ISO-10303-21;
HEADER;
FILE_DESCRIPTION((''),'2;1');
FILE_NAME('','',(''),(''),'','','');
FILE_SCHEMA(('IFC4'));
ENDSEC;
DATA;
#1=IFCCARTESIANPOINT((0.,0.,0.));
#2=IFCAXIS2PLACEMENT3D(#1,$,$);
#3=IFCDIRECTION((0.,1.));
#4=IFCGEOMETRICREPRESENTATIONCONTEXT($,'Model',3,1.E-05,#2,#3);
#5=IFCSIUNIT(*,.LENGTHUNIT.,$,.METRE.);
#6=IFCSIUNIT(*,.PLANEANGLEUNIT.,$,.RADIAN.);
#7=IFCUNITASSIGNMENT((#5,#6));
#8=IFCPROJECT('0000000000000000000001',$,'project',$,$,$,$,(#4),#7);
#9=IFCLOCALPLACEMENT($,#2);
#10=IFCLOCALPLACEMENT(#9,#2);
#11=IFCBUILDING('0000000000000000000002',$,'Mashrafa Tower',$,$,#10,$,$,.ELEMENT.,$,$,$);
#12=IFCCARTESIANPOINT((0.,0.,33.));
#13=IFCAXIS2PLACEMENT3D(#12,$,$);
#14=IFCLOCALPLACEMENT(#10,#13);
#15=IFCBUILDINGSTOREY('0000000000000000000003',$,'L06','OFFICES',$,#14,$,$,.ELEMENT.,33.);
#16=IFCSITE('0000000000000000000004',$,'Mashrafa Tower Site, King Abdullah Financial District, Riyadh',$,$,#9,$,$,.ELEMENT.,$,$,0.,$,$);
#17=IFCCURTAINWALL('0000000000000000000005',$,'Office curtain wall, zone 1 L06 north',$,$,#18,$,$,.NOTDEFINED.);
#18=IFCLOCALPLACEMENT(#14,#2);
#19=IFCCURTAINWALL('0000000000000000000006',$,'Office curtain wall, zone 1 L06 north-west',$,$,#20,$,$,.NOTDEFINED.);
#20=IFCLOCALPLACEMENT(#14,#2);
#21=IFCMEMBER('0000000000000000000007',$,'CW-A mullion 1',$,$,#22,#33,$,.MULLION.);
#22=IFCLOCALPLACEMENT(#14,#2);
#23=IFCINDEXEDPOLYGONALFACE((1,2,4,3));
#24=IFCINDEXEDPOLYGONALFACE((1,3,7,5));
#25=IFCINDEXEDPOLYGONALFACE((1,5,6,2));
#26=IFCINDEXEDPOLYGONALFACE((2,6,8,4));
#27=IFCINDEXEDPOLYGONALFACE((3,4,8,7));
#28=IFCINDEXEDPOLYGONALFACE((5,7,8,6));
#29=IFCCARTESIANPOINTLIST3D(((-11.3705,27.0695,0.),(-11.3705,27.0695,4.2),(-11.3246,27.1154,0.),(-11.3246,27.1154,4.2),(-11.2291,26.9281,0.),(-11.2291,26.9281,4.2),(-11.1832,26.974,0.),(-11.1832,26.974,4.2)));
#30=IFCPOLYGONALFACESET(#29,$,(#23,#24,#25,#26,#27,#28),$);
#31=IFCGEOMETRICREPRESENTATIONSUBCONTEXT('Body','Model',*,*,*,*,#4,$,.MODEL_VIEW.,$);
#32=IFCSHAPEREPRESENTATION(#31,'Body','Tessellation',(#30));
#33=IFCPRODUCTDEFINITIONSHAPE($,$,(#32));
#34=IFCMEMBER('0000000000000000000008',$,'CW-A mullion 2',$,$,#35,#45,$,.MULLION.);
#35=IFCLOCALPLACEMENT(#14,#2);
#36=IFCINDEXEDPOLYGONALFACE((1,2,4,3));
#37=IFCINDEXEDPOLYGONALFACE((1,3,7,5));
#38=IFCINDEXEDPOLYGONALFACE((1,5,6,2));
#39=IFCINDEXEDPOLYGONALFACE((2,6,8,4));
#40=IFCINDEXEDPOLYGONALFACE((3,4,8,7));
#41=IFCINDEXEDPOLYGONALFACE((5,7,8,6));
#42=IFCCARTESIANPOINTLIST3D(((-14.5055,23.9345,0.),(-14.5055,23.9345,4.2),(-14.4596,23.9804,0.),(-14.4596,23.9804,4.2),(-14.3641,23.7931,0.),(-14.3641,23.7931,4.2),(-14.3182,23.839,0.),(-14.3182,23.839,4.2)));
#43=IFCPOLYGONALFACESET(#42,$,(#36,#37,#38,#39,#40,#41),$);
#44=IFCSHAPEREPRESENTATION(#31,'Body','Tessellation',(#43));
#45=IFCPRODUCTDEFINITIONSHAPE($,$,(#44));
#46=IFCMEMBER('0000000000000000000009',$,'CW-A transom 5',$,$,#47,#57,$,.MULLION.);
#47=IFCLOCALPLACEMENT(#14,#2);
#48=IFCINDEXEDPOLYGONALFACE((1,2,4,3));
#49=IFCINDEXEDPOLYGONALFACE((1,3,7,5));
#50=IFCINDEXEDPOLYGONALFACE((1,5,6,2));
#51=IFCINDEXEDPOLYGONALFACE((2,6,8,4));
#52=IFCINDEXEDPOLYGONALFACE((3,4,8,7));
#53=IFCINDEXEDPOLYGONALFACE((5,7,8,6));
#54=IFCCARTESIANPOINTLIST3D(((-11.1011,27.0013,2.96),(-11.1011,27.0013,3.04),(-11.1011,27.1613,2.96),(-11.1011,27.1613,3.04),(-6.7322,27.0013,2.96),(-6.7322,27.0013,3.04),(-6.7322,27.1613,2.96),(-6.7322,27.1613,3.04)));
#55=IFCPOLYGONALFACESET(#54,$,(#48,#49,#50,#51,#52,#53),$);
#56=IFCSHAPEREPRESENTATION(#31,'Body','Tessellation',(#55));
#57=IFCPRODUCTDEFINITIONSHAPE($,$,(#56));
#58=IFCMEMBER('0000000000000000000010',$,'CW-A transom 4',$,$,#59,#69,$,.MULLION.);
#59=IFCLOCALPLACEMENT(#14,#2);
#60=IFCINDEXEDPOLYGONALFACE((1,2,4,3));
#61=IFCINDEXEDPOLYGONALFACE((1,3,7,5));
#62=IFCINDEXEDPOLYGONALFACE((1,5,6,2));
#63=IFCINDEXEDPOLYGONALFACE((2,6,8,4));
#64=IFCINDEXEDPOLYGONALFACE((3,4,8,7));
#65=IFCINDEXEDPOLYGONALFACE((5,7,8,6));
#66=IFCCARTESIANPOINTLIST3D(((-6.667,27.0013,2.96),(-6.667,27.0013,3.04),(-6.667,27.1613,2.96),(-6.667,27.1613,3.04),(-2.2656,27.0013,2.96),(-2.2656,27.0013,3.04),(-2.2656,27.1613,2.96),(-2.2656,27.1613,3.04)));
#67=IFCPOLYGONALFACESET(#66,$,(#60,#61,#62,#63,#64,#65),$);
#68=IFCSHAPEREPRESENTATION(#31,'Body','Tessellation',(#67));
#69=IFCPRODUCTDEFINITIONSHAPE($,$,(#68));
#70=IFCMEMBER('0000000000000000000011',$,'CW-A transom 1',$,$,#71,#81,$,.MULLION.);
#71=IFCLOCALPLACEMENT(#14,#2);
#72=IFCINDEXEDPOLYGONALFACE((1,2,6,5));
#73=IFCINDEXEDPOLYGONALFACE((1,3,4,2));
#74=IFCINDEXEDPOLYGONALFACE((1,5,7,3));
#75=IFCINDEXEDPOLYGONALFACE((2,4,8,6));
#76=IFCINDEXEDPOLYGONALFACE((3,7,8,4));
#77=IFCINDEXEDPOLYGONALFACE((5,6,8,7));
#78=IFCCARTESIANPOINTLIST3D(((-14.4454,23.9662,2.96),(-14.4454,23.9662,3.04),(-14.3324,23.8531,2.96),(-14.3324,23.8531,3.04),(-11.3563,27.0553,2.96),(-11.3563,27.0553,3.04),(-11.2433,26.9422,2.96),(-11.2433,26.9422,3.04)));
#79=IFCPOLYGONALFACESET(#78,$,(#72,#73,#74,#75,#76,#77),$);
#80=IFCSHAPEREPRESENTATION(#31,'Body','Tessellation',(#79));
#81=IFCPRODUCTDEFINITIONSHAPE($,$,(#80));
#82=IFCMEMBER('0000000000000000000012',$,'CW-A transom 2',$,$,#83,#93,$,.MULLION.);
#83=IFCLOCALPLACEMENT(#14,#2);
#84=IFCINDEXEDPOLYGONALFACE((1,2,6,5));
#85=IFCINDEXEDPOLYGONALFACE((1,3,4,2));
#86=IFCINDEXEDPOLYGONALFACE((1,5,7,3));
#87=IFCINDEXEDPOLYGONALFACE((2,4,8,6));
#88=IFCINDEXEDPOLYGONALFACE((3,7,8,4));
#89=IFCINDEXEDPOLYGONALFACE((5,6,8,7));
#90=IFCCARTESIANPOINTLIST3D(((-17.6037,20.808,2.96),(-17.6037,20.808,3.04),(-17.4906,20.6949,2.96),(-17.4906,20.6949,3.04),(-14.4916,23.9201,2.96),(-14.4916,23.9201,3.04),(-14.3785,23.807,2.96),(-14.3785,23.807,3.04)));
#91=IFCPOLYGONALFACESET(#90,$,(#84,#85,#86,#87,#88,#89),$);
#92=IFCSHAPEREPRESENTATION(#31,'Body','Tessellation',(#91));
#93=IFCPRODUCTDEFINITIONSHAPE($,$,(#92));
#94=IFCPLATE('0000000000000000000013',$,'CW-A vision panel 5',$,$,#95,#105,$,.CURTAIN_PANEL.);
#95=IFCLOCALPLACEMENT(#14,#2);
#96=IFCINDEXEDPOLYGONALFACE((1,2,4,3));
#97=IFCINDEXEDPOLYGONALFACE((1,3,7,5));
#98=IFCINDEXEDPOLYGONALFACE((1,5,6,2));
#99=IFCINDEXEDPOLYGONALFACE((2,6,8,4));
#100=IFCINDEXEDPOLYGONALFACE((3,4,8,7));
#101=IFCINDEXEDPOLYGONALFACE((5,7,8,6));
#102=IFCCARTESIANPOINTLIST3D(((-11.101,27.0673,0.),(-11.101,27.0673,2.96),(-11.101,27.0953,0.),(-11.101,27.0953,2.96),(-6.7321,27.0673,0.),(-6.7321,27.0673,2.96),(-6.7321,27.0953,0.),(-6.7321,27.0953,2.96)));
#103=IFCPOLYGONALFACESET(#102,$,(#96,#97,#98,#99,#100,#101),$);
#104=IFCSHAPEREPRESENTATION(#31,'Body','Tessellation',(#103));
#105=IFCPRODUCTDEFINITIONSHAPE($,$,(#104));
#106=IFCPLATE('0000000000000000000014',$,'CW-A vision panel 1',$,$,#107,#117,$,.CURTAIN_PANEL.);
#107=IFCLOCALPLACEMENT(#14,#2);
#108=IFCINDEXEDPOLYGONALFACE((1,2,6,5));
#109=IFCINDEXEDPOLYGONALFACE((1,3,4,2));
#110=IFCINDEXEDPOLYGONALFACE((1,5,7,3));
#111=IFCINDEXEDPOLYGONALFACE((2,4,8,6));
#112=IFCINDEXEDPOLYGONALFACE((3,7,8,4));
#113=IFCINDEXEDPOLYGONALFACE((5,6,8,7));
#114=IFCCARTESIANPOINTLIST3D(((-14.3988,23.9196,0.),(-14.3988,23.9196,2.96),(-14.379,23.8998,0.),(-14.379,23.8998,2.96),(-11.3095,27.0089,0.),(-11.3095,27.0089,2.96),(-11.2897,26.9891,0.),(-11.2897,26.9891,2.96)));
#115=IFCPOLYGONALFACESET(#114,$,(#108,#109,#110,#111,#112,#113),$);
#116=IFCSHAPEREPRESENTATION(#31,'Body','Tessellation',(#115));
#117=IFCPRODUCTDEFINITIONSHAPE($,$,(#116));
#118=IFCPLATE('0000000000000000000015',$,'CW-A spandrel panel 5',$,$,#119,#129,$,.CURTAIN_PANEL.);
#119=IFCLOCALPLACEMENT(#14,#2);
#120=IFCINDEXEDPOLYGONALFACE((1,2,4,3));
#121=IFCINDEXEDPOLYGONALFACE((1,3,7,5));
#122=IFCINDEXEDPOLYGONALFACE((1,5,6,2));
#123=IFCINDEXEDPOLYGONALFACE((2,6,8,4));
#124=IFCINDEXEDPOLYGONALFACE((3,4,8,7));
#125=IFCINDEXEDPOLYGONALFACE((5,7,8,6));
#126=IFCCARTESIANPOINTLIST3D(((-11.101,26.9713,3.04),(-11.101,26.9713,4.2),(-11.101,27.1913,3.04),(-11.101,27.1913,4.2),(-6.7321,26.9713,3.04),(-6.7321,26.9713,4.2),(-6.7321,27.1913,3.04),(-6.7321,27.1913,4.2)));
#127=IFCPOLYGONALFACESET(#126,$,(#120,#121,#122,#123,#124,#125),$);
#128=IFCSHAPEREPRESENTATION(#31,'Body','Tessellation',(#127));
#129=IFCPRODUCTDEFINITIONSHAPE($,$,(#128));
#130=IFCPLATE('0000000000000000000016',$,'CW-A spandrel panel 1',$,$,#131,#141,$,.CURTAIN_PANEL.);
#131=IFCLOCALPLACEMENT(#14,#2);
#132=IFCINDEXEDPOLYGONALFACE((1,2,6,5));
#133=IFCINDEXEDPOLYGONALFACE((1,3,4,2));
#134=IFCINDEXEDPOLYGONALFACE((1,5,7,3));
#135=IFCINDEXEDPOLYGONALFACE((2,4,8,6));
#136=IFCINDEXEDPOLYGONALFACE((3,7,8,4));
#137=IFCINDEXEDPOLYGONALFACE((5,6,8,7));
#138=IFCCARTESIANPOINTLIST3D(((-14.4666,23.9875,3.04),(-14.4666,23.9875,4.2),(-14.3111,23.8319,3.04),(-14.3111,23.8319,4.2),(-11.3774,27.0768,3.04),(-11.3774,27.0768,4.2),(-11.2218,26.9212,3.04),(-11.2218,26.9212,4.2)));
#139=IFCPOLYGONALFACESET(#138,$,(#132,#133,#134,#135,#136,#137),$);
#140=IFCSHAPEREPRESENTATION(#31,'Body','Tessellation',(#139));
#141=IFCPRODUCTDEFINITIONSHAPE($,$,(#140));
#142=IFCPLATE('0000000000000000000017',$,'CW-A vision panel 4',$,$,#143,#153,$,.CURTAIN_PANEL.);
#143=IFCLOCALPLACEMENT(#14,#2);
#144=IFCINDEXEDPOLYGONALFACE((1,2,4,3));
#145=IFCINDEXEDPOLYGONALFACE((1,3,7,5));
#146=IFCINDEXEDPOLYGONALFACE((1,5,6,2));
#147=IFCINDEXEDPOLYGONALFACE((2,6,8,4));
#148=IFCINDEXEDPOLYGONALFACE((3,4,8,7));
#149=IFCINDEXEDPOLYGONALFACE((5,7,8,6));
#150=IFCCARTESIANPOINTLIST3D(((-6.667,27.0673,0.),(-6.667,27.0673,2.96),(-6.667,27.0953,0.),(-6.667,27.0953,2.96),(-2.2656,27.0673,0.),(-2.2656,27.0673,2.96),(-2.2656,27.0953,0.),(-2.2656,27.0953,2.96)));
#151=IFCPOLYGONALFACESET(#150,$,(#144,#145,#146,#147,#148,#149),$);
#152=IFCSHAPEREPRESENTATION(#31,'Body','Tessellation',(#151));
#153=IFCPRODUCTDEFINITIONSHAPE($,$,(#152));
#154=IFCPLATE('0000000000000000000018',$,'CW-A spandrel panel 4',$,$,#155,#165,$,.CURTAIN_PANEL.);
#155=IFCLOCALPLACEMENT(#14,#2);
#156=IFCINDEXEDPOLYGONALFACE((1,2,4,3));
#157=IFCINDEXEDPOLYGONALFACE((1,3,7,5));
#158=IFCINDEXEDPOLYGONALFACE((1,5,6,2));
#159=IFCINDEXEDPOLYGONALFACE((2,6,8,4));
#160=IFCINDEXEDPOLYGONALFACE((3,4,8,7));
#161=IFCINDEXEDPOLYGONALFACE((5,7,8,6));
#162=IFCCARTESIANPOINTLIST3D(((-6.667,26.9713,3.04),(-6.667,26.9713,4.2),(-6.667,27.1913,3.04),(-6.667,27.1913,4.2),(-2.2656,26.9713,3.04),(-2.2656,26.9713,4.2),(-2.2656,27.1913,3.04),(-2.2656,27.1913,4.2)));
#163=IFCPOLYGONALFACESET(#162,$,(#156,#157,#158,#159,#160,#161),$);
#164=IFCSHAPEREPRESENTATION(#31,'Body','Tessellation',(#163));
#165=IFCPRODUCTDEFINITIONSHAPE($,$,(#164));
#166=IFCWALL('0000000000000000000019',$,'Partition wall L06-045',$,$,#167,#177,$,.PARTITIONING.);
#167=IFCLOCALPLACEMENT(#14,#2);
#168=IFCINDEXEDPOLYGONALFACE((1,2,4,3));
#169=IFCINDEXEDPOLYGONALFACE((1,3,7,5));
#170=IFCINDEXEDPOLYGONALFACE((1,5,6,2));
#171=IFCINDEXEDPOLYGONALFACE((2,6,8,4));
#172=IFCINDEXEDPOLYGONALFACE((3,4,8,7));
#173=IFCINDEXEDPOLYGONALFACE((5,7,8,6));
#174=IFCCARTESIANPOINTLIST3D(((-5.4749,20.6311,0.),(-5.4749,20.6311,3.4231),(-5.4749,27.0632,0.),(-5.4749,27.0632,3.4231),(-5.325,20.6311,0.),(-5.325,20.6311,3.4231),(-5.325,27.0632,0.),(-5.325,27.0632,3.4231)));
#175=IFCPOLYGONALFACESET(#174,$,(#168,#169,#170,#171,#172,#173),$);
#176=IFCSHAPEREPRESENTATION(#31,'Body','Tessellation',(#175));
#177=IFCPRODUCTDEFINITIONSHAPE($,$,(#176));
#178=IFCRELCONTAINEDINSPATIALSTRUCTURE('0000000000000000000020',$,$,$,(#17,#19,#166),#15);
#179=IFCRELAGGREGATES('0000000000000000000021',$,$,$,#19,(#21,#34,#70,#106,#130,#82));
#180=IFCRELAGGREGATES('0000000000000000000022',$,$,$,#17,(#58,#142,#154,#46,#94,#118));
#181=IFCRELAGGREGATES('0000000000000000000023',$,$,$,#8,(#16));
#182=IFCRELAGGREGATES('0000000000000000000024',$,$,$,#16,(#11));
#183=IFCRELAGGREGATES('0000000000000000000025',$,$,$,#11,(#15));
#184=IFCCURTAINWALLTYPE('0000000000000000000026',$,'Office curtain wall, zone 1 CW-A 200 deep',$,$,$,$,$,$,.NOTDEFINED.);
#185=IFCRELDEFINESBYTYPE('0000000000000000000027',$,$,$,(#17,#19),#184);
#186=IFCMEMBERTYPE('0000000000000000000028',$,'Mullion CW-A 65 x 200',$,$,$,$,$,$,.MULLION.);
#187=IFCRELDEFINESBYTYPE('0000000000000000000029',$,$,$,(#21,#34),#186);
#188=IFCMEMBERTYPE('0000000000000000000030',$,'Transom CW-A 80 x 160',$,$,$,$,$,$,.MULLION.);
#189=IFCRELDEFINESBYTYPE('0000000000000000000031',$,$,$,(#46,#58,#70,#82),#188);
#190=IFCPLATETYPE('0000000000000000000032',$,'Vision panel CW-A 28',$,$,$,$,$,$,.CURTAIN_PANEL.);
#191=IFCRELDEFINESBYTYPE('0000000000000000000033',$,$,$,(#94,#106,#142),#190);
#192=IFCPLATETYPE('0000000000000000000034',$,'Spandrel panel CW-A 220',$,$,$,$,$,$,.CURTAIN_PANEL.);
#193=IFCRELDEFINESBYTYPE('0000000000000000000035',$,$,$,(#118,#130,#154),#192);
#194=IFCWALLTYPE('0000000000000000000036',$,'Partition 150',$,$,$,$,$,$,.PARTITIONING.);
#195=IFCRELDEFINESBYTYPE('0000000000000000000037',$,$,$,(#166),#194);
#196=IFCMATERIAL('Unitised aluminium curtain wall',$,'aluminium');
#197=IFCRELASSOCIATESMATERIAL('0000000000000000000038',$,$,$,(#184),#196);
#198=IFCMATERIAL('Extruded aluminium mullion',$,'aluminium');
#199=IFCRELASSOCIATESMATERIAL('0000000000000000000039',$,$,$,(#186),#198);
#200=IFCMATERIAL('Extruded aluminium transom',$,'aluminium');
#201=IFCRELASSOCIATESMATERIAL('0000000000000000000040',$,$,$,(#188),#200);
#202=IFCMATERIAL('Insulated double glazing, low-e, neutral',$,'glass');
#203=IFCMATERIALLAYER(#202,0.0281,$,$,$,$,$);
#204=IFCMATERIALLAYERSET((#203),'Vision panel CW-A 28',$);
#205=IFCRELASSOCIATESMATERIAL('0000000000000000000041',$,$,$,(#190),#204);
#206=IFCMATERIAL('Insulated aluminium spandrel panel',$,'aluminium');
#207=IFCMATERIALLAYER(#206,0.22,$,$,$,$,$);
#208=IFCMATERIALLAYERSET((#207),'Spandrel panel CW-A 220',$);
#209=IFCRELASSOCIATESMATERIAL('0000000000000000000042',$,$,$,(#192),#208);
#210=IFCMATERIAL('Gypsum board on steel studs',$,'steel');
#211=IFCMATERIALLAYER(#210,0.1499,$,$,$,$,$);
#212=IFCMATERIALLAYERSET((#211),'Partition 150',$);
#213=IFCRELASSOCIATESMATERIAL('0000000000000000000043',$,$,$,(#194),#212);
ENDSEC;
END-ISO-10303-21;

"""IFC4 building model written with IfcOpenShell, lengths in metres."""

from ifc_helpers import new_model, si_unit, direction, frame, frame_2d, origin, origin_2d, place, context, subcontext, project, spatial, rectangle, extrude, source, transform, mapped, material, layer, layer_set, material_profile, profile_set, type_object, type_shapes, element, aggregate, save


model = new_model("IFC4")

# Units and contexts
model_context = context("Model", 3, precision=1e-05, world=origin(), true_north=direction((0.0, 1.0)))
body_context = subcontext(model_context, "Body", "Model", "MODEL_VIEW")
ifc_project = project(units=[si_unit("LENGTHUNIT", "METRE"), si_unit("PLANEANGLEUNIT", "RADIAN")], contexts=[model_context])

# Site, building, storey
site_placement = place(None, origin())
site = spatial("IfcSite", under=ifc_project, at=site_placement, Name="Mashrafa Tower Site, King Abdullah Financial District, Riyadh", CompositionType="ELEMENT", RefElevation=0.0)
building_placement = place(site_placement, origin())
building = spatial("IfcBuilding", under=site, at=building_placement, Name="Mashrafa Tower", CompositionType="ELEMENT")
storey_placement = place(building_placement, frame((0.0, 0.0, 33.0)))
storey = spatial("IfcBuildingStorey", under=building, at=storey_placement, Name="L06", Description="OFFICES", CompositionType="ELEMENT", Elevation=33.0)

# Curtain walls, members
ifc_material_1 = material(Name="Unitised aluminium curtain wall", Category="aluminium")
curtain_wall_type = type_object("IfcCurtainWallType", Name="Office curtain wall, zone 1 CW-A 200 deep", PredefinedType="NOTDEFINED", material=ifc_material_1)
curtain_wall_1_placement = place(storey_placement, origin())
curtain_wall_1 = element("IfcCurtainWall", 1, at=curtain_wall_1_placement, inside=storey, type_object=curtain_wall_type, Name="Office curtain wall, zone 1 L06 north", PredefinedType="NOTDEFINED")
ifc_material_2 = material(Name="Extruded aluminium mullion", Category="aluminium")
ifc_material_profile_1 = material_profile(ifc_material_2, rectangle(XDim=0.2, YDim=0.0649, at=origin_2d()), Name="Mullion 65x200")
ifc_profile_set_1 = profile_set([ifc_material_profile_1], Name="Extruded aluminium mullion")
member_type_1 = type_object("IfcMemberType", Name="Mullion CW-A 65 x 200", PredefinedType="MULLION", material=ifc_profile_set_1)
shared_shape_1 = source(origin(), body_context, "Body", "SweptSolid", [
    extrude(rectangle(XDim=0.2, YDim=0.0649, at=origin_2d()), origin(), (0.0, 0.0, 1.0), 4.2),
])
type_shapes(member_type_1, [shared_shape_1])
curtain_wall_2_placement = place(storey_placement, origin())
curtain_wall_2 = element("IfcCurtainWall", 2, at=curtain_wall_2_placement, inside=storey, type_object=curtain_wall_type, Name="Office curtain wall, zone 1 L06 north-west", PredefinedType="NOTDEFINED")
member_1_placement = place(storey_placement, frame((-11.2769, 27.0217, 0.0), z_axis=(0.0, 0.0, 1.0), x_axis=(0.707107, -0.707107, 0.0)))
member_1 = element("IfcMember", 3, at=member_1_placement, type_object=member_type_1, Name="CW-A mullion 1", PredefinedType="MULLION", context=body_context, shape_type="MappedRepresentation", body=[
    mapped(shared_shape_1, transform((0.0, 0.0, 0.0))),
])
member_2_placement = place(storey_placement, frame((-14.4119, 23.8867, 0.0), z_axis=(0.0, 0.0, 1.0), x_axis=(0.707107, -0.707107, 0.0)))
member_2 = element("IfcMember", 4, at=member_2_placement, type_object=member_type_1, Name="CW-A mullion 2", PredefinedType="MULLION", context=body_context, shape_type="MappedRepresentation", body=[
    mapped(shared_shape_1, transform((0.0, 0.0, 0.0))),
])

# Members
ifc_material_3 = material(Name="Extruded aluminium transom", Category="aluminium")
ifc_material_profile_2 = material_profile(ifc_material_3, rectangle(XDim=0.1599, YDim=0.0801, at=origin_2d()), Name="Transom 80x160")
ifc_profile_set_2 = profile_set([ifc_material_profile_2], Name="Extruded aluminium transom")
member_type_2 = type_object("IfcMemberType", Name="Transom CW-A 80 x 160", PredefinedType="MULLION", material=ifc_profile_set_2)
shared_shape_2 = source(origin(), body_context, "Body", "SweptSolid", [
    extrude(rectangle(XDim=0.1599, YDim=0.0801, at=origin_2d()), origin(), (0.0, 0.0, 1.0), 4.3689),
])
member_3_placement = place(storey_placement, frame((-6.7322, 27.0813, 3.0), z_axis=(-1.0, 0.0, 0.0), x_axis=(0.0, -1.0, 0.0)))
member_3 = element("IfcMember", 5, at=member_3_placement, type_object=member_type_2, Name="CW-A transom 5", PredefinedType="MULLION", context=body_context, shape_type="MappedRepresentation", body=[
    mapped(shared_shape_2, transform((0.0, 0.0, 0.0))),
])
shared_shape_3 = source(origin(), body_context, "Body", "SweptSolid", [
    extrude(rectangle(XDim=0.1599, YDim=0.0801, at=origin_2d()), origin(), (0.0, 0.0, 1.0), 4.4014),
])
member_4_placement = place(storey_placement, frame((-2.2656, 27.0813, 3.0), z_axis=(-1.0, 0.0, 0.0), x_axis=(0.0, -1.0, 0.0)))
member_4 = element("IfcMember", 6, at=member_4_placement, type_object=member_type_2, Name="CW-A transom 4", PredefinedType="MULLION", context=body_context, shape_type="MappedRepresentation", body=[
    mapped(shared_shape_3, transform((0.0, 0.0, 0.0))),
])
shared_shape_4 = source(origin(), body_context, "Body", "SweptSolid", [
    extrude(rectangle(XDim=0.1599, YDim=0.0801, at=origin_2d()), origin(), (0.0, 0.0, 1.0), 4.3687),
])
member_5_placement = place(storey_placement, frame((-11.2998, 26.9988, 3.0), z_axis=(-0.707107, -0.707107, 0.0), x_axis=(0.707107, -0.707107, 0.0)))
member_5 = element("IfcMember", 7, at=member_5_placement, type_object=member_type_2, Name="CW-A transom 1", PredefinedType="MULLION", context=body_context, shape_type="MappedRepresentation", body=[
    mapped(shared_shape_4, transform((0.0, 0.0, 0.0))),
])
shared_shape_5 = source(origin(), body_context, "Body", "SweptSolid", [
    extrude(rectangle(XDim=0.1599, YDim=0.0801, at=origin_2d()), origin(), (0.0, 0.0, 1.0), 4.4011),
])
type_shapes(member_type_2, [shared_shape_2, shared_shape_3, shared_shape_4, shared_shape_5])
member_6_placement = place(storey_placement, frame((-14.4351, 23.8635, 3.0), z_axis=(-0.707107, -0.707107, 0.0), x_axis=(0.707107, -0.707107, 0.0)))
member_6 = element("IfcMember", 8, at=member_6_placement, type_object=member_type_2, Name="CW-A transom 2", PredefinedType="MULLION", context=body_context, shape_type="MappedRepresentation", body=[
    mapped(shared_shape_5, transform((0.0, 0.0, 0.0))),
])

# Plates
ifc_material_4 = material(Name="Insulated double glazing, low-e, neutral", Category="glass")
ifc_layer_1 = layer(ifc_material_4, 0.0281)
ifc_layer_set_1 = layer_set([ifc_layer_1], Name="Vision panel CW-A 28")
plate_type_1 = type_object("IfcPlateType", Name="Vision panel CW-A 28", PredefinedType="CURTAIN_PANEL", material=ifc_layer_set_1)
shared_shape_6 = source(origin(), body_context, "Body", "SweptSolid", [
    extrude(rectangle(XDim=4.3689, YDim=0.0281, at=origin_2d()), origin(), (0.0, 0.0, 1.0), 2.96),
])
plate_1_placement = place(storey_placement, frame((-8.9165, 27.0813, 0.0), z_axis=(0.0, 0.0, 1.0), x_axis=(-1.0, 0.0, 0.0)))
plate_1 = element("IfcPlate", 9, at=plate_1_placement, type_object=plate_type_1, Name="CW-A vision panel 5", PredefinedType="CURTAIN_PANEL", context=body_context, shape_type="MappedRepresentation", body=[
    mapped(shared_shape_6, transform((0.0, 0.0, 0.0))),
])
plate_2_placement = place(storey_placement, frame((-12.8442, 25.4543, 0.0), z_axis=(0.0, 0.0, 1.0), x_axis=(-0.707107, -0.707107, 0.0)))
plate_2 = element("IfcPlate", 10, at=plate_2_placement, type_object=plate_type_1, Name="CW-A vision panel 1", PredefinedType="CURTAIN_PANEL", context=body_context, shape_type="MappedRepresentation", body=[
    mapped(shared_shape_6, transform((0.0, 0.0, 0.0))),
])
ifc_material_5 = material(Name="Insulated aluminium spandrel panel", Category="aluminium")
ifc_layer_2 = layer(ifc_material_5, 0.22)
ifc_layer_set_2 = layer_set([ifc_layer_2], Name="Spandrel panel CW-A 220")
plate_type_2 = type_object("IfcPlateType", Name="Spandrel panel CW-A 220", PredefinedType="CURTAIN_PANEL", material=ifc_layer_set_2)
shared_shape_7 = source(origin(), body_context, "Body", "SweptSolid", [
    extrude(rectangle(XDim=4.3689, YDim=0.22, at=origin_2d()), origin(), (0.0, 0.0, 1.0), 1.1599),
])
plate_3_placement = place(storey_placement, frame((-8.9165, 27.0813, 3.04), z_axis=(0.0, 0.0, 1.0), x_axis=(-1.0, 0.0, 0.0)))
plate_3 = element("IfcPlate", 11, at=plate_3_placement, type_object=plate_type_2, Name="CW-A spandrel panel 5", PredefinedType="CURTAIN_PANEL", context=body_context, shape_type="MappedRepresentation", body=[
    mapped(shared_shape_7, transform((0.0, 0.0, 0.0))),
])
plate_4_placement = place(storey_placement, frame((-12.8442, 25.4543, 3.04), z_axis=(0.0, 0.0, 1.0), x_axis=(-0.707107, -0.707107, 0.0)))
plate_4 = element("IfcPlate", 12, at=plate_4_placement, type_object=plate_type_2, Name="CW-A spandrel panel 1", PredefinedType="CURTAIN_PANEL", context=body_context, shape_type="MappedRepresentation", body=[
    mapped(shared_shape_7, transform((0.0, 0.0, 0.0))),
])
aggregate(curtain_wall_2, [member_1, member_2, member_5, plate_2, plate_4, member_6])
shared_shape_8 = source(origin(), body_context, "Body", "SweptSolid", [
    extrude(rectangle(XDim=4.4014, YDim=0.0281, at=origin_2d()), origin(), (0.0, 0.0, 1.0), 2.96),
])
type_shapes(plate_type_1, [shared_shape_6, shared_shape_8])
plate_5_placement = place(storey_placement, frame((-4.4663, 27.0813, 0.0), z_axis=(0.0, 0.0, 1.0), x_axis=(-1.0, 0.0, 0.0)))
plate_5 = element("IfcPlate", 13, at=plate_5_placement, type_object=plate_type_1, Name="CW-A vision panel 4", PredefinedType="CURTAIN_PANEL", context=body_context, shape_type="MappedRepresentation", body=[
    mapped(shared_shape_8, transform((0.0, 0.0, 0.0))),
])
shared_shape_9 = source(origin(), body_context, "Body", "SweptSolid", [
    extrude(rectangle(XDim=4.4014, YDim=0.22, at=origin_2d()), origin(), (0.0, 0.0, 1.0), 1.1599),
])
type_shapes(plate_type_2, [shared_shape_7, shared_shape_9])
plate_6_placement = place(storey_placement, frame((-4.4663, 27.0813, 3.04), z_axis=(0.0, 0.0, 1.0), x_axis=(-1.0, 0.0, 0.0)))
plate_6 = element("IfcPlate", 14, at=plate_6_placement, type_object=plate_type_2, Name="CW-A spandrel panel 4", PredefinedType="CURTAIN_PANEL", context=body_context, shape_type="MappedRepresentation", body=[
    mapped(shared_shape_9, transform((0.0, 0.0, 0.0))),
])
aggregate(curtain_wall_1, [member_4, plate_5, plate_6, member_3, plate_1, plate_3])

# Wall
ifc_material_6 = material(Name="Gypsum board on steel studs", Category="steel")
ifc_layer_3 = layer(ifc_material_6, 0.1499)
ifc_layer_set_3 = layer_set([ifc_layer_3], Name="Partition 150")
wall_type = type_object("IfcWallType", Name="Partition 150", PredefinedType="PARTITIONING", material=ifc_layer_set_3)
wall_1_placement = place(storey_placement, frame((-5.3999, 27.0632, 0.0), z_axis=(0.0, 0.0, 1.0), x_axis=(0.0, -1.0, 0.0)))
element("IfcWall", 15, at=wall_1_placement, inside=storey, type_object=wall_type, Name="Partition wall L06-045", PredefinedType="PARTITIONING", context=body_context, shape_type="SweptSolid", body=[
    extrude(rectangle(XDim=6.4321, YDim=0.1499, at=frame_2d((3.2161, 0.0))), origin(), (0.0, 0.0, 1.0), 3.4231),
])

save(model, "model.ifc")
